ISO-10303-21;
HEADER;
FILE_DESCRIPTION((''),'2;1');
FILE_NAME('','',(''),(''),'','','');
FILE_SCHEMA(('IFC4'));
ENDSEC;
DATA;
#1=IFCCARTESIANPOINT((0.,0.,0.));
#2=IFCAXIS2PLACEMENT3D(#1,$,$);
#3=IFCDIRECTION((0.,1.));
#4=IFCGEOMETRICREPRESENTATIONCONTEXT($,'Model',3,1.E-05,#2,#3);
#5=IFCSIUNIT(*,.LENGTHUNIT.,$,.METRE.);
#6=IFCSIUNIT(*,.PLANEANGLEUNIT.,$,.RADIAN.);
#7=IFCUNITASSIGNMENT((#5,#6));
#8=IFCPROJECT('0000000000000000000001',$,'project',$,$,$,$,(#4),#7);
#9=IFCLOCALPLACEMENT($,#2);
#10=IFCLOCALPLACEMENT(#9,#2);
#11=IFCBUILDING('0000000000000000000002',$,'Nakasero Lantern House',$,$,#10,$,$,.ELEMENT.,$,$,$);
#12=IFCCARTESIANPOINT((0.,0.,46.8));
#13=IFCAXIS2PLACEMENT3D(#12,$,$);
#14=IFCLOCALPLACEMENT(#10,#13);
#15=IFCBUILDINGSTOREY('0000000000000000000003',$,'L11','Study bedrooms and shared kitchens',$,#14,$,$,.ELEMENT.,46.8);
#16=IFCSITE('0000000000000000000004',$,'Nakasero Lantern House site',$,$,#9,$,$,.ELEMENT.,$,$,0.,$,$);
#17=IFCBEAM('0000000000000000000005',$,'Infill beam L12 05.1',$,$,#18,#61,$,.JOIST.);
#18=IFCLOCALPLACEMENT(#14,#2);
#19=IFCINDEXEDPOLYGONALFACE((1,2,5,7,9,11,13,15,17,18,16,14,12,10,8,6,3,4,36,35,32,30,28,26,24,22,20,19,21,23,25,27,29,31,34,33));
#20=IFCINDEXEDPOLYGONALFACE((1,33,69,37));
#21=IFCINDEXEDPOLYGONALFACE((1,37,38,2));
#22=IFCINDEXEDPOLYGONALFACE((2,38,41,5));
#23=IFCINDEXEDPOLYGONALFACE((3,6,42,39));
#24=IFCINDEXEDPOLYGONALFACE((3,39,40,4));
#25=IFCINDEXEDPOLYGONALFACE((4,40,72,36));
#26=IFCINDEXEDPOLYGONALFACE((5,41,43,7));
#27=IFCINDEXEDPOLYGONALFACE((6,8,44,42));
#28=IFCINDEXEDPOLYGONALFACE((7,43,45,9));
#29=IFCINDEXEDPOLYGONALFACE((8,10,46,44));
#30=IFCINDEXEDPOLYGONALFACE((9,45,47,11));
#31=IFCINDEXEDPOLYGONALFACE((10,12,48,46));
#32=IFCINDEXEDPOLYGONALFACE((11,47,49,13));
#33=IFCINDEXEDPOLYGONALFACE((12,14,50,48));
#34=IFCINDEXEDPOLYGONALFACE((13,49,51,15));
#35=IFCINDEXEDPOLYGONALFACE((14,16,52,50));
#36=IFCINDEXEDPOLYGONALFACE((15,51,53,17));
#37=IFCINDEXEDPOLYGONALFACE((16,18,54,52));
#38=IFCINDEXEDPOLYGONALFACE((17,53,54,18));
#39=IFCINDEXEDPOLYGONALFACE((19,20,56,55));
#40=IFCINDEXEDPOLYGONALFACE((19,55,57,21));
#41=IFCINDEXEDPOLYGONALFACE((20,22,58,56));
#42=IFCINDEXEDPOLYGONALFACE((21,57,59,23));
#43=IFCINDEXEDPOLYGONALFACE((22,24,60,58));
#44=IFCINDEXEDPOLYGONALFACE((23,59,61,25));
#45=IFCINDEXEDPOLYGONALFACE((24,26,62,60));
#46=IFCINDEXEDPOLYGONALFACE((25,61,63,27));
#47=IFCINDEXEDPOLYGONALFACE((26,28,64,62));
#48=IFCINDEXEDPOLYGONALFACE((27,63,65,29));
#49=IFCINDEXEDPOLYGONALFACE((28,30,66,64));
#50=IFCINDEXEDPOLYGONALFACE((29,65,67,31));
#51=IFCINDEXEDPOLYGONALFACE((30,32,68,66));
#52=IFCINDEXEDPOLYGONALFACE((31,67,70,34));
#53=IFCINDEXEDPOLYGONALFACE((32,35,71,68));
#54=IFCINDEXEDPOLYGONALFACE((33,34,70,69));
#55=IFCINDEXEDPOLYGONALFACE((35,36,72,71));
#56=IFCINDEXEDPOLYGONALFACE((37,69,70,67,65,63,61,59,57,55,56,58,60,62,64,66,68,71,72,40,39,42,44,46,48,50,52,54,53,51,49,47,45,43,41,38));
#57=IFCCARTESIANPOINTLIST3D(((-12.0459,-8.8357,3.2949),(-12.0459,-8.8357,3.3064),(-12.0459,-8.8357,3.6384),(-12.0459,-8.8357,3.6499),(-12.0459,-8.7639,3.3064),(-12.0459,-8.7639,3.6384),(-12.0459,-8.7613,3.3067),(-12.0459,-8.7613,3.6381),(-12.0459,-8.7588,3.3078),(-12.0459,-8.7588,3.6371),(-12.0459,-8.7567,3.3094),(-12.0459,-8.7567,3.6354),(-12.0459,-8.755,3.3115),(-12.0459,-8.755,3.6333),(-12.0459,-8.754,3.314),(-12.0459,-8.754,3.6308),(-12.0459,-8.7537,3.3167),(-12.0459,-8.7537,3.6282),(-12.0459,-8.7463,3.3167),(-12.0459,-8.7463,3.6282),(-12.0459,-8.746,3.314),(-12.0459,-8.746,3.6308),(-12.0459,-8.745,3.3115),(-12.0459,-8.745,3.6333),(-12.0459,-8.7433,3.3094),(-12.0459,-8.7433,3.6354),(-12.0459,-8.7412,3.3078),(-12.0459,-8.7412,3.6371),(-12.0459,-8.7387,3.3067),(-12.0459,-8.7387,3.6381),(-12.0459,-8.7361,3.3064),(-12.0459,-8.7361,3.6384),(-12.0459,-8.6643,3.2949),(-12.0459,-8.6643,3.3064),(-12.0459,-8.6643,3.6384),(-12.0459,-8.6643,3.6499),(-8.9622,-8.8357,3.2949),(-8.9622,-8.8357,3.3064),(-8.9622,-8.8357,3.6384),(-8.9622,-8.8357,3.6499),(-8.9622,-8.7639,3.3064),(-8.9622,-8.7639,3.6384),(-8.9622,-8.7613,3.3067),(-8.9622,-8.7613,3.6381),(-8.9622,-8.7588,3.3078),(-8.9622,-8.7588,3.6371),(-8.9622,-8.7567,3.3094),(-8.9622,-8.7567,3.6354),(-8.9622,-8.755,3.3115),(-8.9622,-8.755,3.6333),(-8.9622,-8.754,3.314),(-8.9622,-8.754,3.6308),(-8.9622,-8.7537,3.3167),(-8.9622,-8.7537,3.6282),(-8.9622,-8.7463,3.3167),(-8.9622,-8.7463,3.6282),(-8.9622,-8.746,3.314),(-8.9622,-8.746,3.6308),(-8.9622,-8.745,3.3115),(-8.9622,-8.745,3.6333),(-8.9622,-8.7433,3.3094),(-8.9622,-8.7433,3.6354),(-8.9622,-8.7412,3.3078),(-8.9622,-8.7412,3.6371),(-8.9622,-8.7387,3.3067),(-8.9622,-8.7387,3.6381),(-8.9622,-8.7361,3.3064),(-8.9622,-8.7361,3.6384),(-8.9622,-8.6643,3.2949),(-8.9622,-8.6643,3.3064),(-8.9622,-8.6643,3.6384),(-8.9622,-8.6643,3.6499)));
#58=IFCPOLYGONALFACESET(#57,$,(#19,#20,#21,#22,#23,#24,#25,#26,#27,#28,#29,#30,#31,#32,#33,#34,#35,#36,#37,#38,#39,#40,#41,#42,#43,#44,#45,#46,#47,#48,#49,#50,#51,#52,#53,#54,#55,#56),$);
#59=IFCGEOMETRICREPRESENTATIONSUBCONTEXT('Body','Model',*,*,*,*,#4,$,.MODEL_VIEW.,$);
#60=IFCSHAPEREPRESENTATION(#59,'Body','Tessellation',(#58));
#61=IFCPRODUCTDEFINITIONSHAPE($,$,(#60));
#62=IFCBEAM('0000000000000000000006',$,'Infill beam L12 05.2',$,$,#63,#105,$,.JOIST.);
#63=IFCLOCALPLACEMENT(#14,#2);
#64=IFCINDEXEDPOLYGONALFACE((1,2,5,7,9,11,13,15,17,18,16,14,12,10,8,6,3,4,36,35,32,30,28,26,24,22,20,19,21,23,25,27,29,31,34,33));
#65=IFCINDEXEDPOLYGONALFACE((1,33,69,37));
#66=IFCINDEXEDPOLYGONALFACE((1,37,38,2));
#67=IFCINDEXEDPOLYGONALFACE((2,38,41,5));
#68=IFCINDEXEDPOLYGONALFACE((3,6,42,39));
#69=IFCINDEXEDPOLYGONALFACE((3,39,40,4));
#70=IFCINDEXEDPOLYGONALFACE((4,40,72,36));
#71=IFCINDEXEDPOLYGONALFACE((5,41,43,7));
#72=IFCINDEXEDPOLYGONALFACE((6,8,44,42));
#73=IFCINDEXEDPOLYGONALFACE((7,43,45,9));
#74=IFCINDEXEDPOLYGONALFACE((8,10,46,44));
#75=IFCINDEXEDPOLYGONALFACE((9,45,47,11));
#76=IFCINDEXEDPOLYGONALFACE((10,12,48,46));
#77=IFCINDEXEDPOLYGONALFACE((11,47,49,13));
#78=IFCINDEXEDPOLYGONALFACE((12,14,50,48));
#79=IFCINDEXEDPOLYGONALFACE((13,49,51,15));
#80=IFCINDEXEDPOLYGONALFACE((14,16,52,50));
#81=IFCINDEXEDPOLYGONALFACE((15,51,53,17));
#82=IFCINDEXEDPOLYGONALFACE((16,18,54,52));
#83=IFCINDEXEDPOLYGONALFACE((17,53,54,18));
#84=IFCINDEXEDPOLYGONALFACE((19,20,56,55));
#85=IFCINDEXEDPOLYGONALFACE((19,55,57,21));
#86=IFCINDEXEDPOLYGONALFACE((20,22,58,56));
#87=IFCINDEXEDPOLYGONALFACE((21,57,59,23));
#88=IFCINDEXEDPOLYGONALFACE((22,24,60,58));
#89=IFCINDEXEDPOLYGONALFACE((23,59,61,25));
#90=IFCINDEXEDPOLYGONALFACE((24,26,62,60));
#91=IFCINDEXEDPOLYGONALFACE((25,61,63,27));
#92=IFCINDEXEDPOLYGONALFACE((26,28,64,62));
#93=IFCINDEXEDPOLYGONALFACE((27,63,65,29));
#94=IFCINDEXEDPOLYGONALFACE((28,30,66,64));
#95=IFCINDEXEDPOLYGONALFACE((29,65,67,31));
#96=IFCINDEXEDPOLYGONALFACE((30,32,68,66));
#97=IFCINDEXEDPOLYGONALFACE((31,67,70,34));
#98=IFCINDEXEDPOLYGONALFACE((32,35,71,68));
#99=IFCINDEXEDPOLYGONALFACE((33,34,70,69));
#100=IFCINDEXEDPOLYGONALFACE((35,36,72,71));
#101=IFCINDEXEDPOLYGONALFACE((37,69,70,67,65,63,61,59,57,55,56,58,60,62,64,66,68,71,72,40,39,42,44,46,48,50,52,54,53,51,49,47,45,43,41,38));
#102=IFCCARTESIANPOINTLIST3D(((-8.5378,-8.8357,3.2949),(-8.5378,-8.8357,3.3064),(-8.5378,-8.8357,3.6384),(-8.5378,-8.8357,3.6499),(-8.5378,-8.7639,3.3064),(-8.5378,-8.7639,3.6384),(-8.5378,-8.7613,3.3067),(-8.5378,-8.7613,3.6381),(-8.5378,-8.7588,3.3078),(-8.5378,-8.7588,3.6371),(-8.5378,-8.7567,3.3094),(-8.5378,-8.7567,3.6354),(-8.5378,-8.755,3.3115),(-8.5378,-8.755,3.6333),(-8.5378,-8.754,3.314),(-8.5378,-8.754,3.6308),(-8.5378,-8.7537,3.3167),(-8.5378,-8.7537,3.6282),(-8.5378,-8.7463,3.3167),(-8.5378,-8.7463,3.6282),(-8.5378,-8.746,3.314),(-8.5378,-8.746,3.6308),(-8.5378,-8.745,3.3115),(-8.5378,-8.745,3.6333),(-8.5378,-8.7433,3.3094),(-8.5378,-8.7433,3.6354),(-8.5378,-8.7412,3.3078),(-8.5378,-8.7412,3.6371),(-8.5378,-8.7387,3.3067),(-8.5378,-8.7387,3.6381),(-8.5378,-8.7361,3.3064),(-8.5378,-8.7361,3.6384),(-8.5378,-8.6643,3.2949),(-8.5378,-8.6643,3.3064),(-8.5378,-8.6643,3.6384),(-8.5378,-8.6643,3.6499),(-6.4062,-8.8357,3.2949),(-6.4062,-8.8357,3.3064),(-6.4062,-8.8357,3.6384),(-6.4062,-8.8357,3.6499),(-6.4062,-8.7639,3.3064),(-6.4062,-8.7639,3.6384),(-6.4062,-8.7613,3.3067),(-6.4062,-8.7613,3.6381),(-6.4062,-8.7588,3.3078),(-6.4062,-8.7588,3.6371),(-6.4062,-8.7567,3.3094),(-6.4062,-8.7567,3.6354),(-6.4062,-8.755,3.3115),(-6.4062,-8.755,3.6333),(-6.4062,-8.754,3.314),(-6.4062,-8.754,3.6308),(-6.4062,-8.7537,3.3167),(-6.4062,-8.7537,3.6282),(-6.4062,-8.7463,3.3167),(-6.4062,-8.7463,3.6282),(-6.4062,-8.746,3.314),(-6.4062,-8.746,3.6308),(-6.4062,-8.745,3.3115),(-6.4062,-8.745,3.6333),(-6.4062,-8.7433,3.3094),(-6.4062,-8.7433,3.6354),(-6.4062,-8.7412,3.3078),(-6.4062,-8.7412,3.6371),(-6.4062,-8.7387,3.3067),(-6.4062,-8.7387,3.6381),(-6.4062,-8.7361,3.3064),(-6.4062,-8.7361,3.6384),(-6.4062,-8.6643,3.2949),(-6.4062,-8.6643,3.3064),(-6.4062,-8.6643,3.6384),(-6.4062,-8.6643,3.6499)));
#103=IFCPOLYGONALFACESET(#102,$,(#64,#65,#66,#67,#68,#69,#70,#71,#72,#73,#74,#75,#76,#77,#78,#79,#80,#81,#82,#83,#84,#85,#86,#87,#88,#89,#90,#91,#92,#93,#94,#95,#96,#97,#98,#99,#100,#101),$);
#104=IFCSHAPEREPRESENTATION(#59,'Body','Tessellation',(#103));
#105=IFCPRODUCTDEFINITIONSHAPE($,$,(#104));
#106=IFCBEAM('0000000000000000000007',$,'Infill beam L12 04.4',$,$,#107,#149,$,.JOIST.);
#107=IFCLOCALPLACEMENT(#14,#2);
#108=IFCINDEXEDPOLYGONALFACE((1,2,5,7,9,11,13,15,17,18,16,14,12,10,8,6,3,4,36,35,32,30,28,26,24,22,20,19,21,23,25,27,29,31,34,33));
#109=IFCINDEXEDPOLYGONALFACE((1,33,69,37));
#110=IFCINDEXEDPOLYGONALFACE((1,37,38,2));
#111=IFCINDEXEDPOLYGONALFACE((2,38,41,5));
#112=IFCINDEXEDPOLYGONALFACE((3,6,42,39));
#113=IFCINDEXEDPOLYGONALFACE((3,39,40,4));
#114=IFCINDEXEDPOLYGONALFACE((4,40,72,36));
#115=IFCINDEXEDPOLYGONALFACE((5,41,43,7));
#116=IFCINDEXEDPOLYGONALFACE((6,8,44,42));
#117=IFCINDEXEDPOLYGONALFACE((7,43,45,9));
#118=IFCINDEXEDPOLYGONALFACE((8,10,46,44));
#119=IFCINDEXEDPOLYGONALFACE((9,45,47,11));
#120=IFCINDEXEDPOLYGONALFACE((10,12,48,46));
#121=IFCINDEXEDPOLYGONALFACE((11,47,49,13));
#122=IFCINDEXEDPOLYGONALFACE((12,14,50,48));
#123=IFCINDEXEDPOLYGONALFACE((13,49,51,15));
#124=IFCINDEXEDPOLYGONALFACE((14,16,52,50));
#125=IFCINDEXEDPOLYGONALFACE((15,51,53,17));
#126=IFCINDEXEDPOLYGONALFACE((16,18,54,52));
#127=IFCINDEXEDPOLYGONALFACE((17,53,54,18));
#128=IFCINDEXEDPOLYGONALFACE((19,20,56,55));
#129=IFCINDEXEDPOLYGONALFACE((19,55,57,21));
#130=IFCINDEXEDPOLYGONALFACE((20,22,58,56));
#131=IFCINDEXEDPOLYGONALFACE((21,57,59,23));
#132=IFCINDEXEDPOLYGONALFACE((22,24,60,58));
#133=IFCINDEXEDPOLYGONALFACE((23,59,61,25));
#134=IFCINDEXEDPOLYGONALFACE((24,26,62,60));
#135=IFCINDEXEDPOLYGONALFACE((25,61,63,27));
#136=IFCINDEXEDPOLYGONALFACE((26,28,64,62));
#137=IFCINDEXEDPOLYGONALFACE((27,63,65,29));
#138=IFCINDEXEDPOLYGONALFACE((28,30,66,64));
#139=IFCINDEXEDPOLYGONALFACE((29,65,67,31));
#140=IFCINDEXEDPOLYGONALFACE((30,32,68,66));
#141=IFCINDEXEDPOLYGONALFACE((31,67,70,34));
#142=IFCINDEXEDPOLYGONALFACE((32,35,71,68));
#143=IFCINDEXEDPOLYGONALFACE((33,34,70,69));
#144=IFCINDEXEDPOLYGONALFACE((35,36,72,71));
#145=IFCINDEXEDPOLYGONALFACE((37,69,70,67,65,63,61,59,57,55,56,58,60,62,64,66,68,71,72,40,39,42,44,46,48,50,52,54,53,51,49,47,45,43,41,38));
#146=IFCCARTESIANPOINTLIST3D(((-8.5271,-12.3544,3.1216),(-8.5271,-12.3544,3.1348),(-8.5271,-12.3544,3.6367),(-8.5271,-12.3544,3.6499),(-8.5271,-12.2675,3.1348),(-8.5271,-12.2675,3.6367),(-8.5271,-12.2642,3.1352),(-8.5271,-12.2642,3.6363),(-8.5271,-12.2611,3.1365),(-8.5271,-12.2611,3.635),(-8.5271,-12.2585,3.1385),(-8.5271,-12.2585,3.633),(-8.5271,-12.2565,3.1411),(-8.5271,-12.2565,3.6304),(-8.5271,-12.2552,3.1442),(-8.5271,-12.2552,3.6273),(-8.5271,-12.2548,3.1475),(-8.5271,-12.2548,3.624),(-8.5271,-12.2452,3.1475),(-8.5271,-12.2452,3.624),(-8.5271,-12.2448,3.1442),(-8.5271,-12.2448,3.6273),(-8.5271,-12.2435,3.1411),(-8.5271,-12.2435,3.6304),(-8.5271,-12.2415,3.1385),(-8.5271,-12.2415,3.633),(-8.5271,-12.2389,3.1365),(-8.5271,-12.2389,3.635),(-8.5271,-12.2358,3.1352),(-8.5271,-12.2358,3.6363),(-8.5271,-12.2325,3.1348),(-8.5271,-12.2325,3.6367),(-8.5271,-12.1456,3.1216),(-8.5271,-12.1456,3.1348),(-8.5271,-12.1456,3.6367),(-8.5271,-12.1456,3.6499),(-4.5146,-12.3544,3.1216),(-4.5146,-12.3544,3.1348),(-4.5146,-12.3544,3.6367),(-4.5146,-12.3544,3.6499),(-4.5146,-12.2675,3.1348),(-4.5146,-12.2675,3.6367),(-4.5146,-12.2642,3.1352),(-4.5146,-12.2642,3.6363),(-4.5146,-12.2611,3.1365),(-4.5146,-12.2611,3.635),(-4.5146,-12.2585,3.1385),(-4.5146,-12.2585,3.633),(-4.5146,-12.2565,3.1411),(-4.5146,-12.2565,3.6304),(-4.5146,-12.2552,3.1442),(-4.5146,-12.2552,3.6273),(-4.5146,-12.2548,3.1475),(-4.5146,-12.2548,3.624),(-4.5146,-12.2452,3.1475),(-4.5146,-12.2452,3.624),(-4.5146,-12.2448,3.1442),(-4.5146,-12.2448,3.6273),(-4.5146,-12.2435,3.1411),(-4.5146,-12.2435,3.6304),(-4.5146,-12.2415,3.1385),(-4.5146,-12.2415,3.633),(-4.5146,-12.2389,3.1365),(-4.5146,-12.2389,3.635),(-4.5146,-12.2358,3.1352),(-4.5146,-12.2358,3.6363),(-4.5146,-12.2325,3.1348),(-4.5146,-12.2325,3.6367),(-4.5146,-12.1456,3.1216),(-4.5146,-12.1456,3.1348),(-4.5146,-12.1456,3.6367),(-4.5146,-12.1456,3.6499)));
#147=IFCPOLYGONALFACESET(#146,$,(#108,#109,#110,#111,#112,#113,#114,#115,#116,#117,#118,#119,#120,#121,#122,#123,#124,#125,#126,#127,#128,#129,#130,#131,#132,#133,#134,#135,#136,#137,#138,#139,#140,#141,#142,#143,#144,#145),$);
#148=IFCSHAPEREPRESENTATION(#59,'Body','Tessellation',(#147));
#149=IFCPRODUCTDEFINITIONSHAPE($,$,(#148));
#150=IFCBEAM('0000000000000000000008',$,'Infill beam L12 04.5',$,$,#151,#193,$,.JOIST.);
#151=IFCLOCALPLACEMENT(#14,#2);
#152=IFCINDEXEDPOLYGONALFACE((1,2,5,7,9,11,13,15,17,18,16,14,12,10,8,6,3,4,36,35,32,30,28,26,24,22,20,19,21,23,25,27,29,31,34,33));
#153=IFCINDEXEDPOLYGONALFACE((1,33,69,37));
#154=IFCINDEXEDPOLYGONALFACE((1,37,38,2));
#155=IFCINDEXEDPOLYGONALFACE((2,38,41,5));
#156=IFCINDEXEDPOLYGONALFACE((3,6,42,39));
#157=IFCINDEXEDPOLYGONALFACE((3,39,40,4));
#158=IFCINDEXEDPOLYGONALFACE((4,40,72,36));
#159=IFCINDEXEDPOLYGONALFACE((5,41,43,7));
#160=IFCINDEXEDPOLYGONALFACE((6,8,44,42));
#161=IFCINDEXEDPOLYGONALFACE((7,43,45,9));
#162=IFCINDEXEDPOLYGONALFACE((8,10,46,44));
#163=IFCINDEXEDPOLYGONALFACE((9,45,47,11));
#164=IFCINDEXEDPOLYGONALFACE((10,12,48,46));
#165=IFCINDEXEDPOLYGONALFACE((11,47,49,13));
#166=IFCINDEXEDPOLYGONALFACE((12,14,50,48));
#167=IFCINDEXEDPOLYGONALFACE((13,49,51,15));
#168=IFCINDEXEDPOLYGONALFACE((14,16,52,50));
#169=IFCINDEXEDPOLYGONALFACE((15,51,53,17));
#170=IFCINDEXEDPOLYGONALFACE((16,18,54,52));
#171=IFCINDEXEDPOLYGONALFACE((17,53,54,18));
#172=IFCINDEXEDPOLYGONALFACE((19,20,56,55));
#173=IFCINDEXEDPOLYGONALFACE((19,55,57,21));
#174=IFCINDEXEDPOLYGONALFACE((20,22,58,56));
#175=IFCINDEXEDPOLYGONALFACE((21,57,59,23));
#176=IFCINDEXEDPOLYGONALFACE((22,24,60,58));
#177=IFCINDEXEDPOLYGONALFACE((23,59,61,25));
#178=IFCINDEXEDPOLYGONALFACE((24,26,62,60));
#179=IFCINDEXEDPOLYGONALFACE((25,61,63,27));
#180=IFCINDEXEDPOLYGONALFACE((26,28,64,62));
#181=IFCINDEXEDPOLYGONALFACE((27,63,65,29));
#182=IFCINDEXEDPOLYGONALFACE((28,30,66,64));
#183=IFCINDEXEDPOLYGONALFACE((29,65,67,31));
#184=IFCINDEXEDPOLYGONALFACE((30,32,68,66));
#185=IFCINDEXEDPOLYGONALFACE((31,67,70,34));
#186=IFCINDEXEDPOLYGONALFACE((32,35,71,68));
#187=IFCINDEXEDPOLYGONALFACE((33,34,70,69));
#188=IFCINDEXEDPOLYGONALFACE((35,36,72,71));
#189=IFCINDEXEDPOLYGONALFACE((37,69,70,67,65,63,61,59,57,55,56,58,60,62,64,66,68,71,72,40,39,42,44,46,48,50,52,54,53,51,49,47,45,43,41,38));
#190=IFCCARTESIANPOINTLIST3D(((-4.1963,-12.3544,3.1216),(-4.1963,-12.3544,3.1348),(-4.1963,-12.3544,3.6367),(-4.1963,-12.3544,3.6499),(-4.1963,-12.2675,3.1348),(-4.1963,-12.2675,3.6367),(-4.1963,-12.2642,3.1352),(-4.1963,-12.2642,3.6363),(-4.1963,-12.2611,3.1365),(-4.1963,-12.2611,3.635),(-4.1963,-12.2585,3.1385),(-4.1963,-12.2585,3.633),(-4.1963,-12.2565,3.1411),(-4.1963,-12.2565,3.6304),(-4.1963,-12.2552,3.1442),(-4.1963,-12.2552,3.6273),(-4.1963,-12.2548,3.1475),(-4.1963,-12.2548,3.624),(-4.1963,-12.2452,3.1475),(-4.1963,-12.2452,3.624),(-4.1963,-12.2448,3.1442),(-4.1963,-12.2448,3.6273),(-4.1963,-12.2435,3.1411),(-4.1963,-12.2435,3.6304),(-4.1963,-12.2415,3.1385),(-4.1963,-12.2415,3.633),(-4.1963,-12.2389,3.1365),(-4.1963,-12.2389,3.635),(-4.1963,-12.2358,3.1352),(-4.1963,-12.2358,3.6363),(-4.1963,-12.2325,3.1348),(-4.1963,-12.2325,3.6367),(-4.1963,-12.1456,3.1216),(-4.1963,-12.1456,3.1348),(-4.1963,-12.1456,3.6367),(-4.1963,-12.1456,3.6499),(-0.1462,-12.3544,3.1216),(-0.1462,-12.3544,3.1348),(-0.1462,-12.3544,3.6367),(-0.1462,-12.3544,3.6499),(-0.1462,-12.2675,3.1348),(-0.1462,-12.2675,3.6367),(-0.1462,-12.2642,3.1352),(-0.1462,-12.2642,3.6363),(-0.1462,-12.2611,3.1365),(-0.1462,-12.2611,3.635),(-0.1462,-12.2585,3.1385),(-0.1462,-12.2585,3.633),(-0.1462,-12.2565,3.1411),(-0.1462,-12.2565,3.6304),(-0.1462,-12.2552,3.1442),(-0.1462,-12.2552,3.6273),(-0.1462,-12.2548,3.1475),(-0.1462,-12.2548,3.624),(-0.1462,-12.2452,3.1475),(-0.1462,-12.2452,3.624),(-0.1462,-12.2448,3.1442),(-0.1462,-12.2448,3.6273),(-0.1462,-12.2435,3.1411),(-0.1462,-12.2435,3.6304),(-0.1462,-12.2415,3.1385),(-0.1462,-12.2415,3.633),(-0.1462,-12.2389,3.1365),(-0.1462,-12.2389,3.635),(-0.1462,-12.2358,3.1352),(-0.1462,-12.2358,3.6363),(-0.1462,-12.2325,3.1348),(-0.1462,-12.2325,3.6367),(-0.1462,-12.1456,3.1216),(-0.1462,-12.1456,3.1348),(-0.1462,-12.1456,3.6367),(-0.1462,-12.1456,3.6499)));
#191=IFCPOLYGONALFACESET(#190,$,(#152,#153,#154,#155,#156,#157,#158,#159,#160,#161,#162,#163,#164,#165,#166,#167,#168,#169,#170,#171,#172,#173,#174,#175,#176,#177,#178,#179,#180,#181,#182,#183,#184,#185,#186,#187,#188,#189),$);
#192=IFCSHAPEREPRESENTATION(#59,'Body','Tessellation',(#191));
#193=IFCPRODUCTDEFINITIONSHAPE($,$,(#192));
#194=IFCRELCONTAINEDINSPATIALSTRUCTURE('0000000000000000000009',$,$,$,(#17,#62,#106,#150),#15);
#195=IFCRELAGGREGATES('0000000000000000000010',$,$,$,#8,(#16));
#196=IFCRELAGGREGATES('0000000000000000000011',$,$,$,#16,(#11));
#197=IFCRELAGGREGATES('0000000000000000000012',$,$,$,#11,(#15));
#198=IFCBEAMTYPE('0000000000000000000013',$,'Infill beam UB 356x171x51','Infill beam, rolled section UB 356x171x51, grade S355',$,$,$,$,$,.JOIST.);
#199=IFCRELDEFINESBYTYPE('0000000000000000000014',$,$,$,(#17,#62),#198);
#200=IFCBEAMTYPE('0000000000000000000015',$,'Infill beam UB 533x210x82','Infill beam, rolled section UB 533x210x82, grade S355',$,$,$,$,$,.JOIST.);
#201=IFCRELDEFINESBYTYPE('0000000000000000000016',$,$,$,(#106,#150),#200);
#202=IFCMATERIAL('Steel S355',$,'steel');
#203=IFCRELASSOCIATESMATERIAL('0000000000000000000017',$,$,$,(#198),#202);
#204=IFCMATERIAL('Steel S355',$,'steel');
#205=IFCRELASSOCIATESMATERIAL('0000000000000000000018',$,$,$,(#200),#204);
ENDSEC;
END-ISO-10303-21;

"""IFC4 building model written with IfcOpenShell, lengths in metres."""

from ifc_helpers import new_model, si_unit, direction, frame, origin, origin_2d, place, context, subcontext, project, spatial, i_section, extrude, material, material_profile, profile_set, type_object, element, save


model = new_model("IFC4")

# Units and contexts
model_context = context("Model", 3, precision=1e-05, world=origin(), true_north=direction((0.0, 1.0)))
body_context = subcontext(model_context, "Body", "Model", "MODEL_VIEW")
ifc_project = project(units=[si_unit("LENGTHUNIT", "METRE"), si_unit("PLANEANGLEUNIT", "RADIAN")], contexts=[model_context])

# Site, building, storey
site_placement = place(None, origin())
site = spatial("IfcSite", under=ifc_project, at=site_placement, Name="Nakasero Lantern House site", CompositionType="ELEMENT", RefElevation=0.0)
building_placement = place(site_placement, origin())
building = spatial("IfcBuilding", under=site, at=building_placement, Name="Nakasero Lantern House", CompositionType="ELEMENT")
storey_placement = place(building_placement, frame((0.0, 0.0, 46.8)))
storey = spatial("IfcBuildingStorey", under=building, at=storey_placement, Name="L11", Description="Study bedrooms and shared kitchens", CompositionType="ELEMENT", Elevation=46.8)

# Beams
ifc_material_1 = material(Name="Steel S355", Category="steel")
ifc_material_profile_1 = material_profile(ifc_material_1, i_section(OverallWidth=0.1714, OverallDepth=0.355, WebThickness=0.0073, FlangeThickness=0.0115, FilletRadius=0.0103, at=origin_2d()), Name="UB 356x171x51")
ifc_profile_set_1 = profile_set([ifc_material_profile_1], Name="Steel S355")
beam_type_1 = type_object("IfcBeamType", Name="Infill beam UB 356x171x51", Description="Infill beam, rolled section UB 356x171x51, grade S355", PredefinedType="JOIST", material=ifc_profile_set_1)
beam_1_placement = place(storey_placement, frame((-12.0459, -8.75, 3.4724), z_axis=(1.0, 0.0, 0.0), x_axis=(0.0, 1.0, 0.0)))
element("IfcBeam", 1, at=beam_1_placement, inside=storey, type_object=beam_type_1, Name="Infill beam L12 05.1", PredefinedType="JOIST", context=body_context, shape_type="SweptSolid", body=[
    extrude(i_section(OverallWidth=0.1714, OverallDepth=0.355, WebThickness=0.0073, FlangeThickness=0.0115, FilletRadius=0.0103, at=origin_2d()), origin(), (0.0, 0.0, 1.0), 3.0837),
])
beam_2_placement = place(storey_placement, frame((-8.5378, -8.75, 3.4724), z_axis=(1.0, 0.0, 0.0), x_axis=(0.0, 1.0, 0.0)))
element("IfcBeam", 2, at=beam_2_placement, inside=storey, type_object=beam_type_1, Name="Infill beam L12 05.2", PredefinedType="JOIST", context=body_context, shape_type="SweptSolid", body=[
    extrude(i_section(OverallWidth=0.1714, OverallDepth=0.355, WebThickness=0.0073, FlangeThickness=0.0115, FilletRadius=0.0103, at=origin_2d()), origin(), (0.0, 0.0, 1.0), 2.1316),
])
ifc_material_2 = material(Name="Steel S355", Category="steel")
ifc_material_profile_2 = material_profile(ifc_material_2, i_section(OverallWidth=0.2087, OverallDepth=0.5283, WebThickness=0.0095, FlangeThickness=0.0132, FilletRadius=0.0127, at=origin_2d()), Name="UB 533x210x82")
ifc_profile_set_2 = profile_set([ifc_material_profile_2], Name="Steel S355")
beam_type_2 = type_object("IfcBeamType", Name="Infill beam UB 533x210x82", Description="Infill beam, rolled section UB 533x210x82, grade S355", PredefinedType="JOIST", material=ifc_profile_set_2)
beam_3_placement = place(storey_placement, frame((-8.5271, -12.25, 3.3857), z_axis=(1.0, 0.0, 0.0), x_axis=(0.0, 1.0, 0.0)))
element("IfcBeam", 3, at=beam_3_placement, inside=storey, type_object=beam_type_2, Name="Infill beam L12 04.4", PredefinedType="JOIST", context=body_context, shape_type="SweptSolid", body=[
    extrude(i_section(OverallWidth=0.2087, OverallDepth=0.5283, WebThickness=0.0095, FlangeThickness=0.0132, FilletRadius=0.0127, at=origin_2d()), origin(), (0.0, 0.0, 1.0), 4.0125),
])
beam_4_placement = place(storey_placement, frame((-4.1963, -12.25, 3.3857), z_axis=(1.0, 0.0, 0.0), x_axis=(0.0, 1.0, 0.0)))
element("IfcBeam", 4, at=beam_4_placement, inside=storey, type_object=beam_type_2, Name="Infill beam L12 04.5", PredefinedType="JOIST", context=body_context, shape_type="SweptSolid", body=[
    extrude(i_section(OverallWidth=0.2087, OverallDepth=0.5283, WebThickness=0.0095, FlangeThickness=0.0132, FilletRadius=0.0127, at=origin_2d()), origin(), (0.0, 0.0, 1.0), 4.05),
])

save(model, "model.ifc")
